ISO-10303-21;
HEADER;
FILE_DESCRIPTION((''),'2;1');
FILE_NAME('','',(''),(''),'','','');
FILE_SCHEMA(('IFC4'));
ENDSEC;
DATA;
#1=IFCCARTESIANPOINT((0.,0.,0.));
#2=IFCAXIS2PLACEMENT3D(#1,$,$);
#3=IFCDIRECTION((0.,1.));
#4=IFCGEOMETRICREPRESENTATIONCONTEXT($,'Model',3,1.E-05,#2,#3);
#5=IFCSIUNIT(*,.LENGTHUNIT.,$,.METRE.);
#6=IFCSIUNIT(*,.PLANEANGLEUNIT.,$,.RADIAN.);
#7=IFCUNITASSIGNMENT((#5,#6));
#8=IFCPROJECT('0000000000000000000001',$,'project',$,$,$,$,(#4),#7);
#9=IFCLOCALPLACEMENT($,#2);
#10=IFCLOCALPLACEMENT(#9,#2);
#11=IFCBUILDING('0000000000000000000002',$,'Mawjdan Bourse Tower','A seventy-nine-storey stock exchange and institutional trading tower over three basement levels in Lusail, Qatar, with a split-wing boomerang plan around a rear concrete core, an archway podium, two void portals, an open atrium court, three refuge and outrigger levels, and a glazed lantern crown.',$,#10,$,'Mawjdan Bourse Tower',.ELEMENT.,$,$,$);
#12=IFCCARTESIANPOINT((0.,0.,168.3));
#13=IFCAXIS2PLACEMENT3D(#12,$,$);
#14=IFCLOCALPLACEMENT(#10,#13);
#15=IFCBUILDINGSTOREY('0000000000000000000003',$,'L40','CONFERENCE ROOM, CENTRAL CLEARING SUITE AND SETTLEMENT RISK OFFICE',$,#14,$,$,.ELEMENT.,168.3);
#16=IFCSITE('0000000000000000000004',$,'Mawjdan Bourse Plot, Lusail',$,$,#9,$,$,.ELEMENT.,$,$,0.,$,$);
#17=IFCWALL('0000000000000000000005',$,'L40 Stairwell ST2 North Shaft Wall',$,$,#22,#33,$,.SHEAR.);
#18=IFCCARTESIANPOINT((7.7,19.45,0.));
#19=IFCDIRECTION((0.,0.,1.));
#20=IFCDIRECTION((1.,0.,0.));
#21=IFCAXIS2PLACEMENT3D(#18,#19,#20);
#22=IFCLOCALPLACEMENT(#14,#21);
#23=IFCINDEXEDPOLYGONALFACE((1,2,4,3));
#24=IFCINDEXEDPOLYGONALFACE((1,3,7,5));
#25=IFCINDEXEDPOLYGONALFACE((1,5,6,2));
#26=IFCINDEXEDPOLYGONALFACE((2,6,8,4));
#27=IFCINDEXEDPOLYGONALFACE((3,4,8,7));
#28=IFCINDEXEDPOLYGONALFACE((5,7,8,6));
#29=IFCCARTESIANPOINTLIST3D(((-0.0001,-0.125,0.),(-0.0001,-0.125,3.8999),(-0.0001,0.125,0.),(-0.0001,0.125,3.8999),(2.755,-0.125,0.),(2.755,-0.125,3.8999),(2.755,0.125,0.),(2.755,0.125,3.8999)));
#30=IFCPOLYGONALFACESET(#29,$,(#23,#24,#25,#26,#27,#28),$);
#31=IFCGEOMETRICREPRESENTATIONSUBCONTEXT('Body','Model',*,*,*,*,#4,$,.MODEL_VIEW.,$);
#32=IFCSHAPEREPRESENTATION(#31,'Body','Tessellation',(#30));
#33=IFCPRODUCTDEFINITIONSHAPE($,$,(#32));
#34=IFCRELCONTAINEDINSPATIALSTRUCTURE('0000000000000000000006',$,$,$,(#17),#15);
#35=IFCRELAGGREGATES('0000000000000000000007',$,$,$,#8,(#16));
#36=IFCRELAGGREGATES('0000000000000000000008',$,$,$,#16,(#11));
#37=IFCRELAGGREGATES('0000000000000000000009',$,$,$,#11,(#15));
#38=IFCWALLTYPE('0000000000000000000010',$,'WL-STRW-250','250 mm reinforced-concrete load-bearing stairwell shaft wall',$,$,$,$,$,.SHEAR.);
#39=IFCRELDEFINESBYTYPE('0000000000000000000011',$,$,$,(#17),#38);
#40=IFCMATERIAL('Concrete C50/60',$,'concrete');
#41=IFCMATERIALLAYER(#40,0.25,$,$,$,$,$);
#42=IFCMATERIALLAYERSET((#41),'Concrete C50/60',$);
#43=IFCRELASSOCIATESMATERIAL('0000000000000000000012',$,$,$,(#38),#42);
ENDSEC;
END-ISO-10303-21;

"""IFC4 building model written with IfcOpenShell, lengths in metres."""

from ifc_helpers import new_model, si_unit, direction, frame, frame_2d, origin, place, context, subcontext, project, spatial, rectangle, extrude, material, layer, layer_set, type_object, element, save


model = new_model("IFC4")

# Units and contexts
model_context = context("Model", 3, precision=1e-05, world=origin(), true_north=direction((0.0, 1.0)))
body_context = subcontext(model_context, "Body", "Model", "MODEL_VIEW")
ifc_project = project(units=[si_unit("LENGTHUNIT", "METRE"), si_unit("PLANEANGLEUNIT", "RADIAN")], contexts=[model_context])

# Site, building, storey
site_placement = place(None, origin())
site = spatial("IfcSite", under=ifc_project, at=site_placement, Name="Mawjdan Bourse Plot, Lusail", CompositionType="ELEMENT", RefElevation=0.0)
building_placement = place(site_placement, origin())
building = spatial("IfcBuilding", under=site, at=building_placement, Name="Mawjdan Bourse Tower", Description="A seventy-nine-storey stock exchange and institutional trading tower over three basement levels in Lusail, Qatar, with a split-wing boomerang plan around a rear concrete core, an archway podium, two void portals, an open atrium court, three refuge and outrigger levels, and a glazed lantern crown.", LongName="Mawjdan Bourse Tower", CompositionType="ELEMENT")
storey_placement = place(building_placement, frame((0.0, 0.0, 168.3)))
storey = spatial("IfcBuildingStorey", under=building, at=storey_placement, Name="L40", Description="CONFERENCE ROOM, CENTRAL CLEARING SUITE AND SETTLEMENT RISK OFFICE", CompositionType="ELEMENT", Elevation=168.3)

# Wall
ifc_material_1 = material(Name="Concrete C50/60", Category="concrete")
ifc_layer_1 = layer(ifc_material_1, 0.25)
ifc_layer_set_1 = layer_set([ifc_layer_1], Name="Concrete C50/60")
wall_type_1 = type_object("IfcWallType", Name="WL-STRW-250", Description="250 mm reinforced-concrete load-bearing stairwell shaft wall", PredefinedType="SHEAR", material=ifc_layer_set_1)
wall_1_placement = place(storey_placement, frame((7.7, 19.45, 0.0), z_axis=(0.0, 0.0, 1.0), x_axis=(1.0, 0.0, 0.0)))
element("IfcWall", 1, at=wall_1_placement, inside=storey, type_object=wall_type_1, Name="L40 Stairwell ST2 North Shaft Wall", PredefinedType="SHEAR", context=body_context, shape_type="SweptSolid", body=[
    extrude(rectangle(XDim=2.7551, YDim=0.25, at=frame_2d((1.3774, 0.0))), origin(), (0.0, 0.0, 1.0), 3.8999),
])

save(model, "model.ifc")
